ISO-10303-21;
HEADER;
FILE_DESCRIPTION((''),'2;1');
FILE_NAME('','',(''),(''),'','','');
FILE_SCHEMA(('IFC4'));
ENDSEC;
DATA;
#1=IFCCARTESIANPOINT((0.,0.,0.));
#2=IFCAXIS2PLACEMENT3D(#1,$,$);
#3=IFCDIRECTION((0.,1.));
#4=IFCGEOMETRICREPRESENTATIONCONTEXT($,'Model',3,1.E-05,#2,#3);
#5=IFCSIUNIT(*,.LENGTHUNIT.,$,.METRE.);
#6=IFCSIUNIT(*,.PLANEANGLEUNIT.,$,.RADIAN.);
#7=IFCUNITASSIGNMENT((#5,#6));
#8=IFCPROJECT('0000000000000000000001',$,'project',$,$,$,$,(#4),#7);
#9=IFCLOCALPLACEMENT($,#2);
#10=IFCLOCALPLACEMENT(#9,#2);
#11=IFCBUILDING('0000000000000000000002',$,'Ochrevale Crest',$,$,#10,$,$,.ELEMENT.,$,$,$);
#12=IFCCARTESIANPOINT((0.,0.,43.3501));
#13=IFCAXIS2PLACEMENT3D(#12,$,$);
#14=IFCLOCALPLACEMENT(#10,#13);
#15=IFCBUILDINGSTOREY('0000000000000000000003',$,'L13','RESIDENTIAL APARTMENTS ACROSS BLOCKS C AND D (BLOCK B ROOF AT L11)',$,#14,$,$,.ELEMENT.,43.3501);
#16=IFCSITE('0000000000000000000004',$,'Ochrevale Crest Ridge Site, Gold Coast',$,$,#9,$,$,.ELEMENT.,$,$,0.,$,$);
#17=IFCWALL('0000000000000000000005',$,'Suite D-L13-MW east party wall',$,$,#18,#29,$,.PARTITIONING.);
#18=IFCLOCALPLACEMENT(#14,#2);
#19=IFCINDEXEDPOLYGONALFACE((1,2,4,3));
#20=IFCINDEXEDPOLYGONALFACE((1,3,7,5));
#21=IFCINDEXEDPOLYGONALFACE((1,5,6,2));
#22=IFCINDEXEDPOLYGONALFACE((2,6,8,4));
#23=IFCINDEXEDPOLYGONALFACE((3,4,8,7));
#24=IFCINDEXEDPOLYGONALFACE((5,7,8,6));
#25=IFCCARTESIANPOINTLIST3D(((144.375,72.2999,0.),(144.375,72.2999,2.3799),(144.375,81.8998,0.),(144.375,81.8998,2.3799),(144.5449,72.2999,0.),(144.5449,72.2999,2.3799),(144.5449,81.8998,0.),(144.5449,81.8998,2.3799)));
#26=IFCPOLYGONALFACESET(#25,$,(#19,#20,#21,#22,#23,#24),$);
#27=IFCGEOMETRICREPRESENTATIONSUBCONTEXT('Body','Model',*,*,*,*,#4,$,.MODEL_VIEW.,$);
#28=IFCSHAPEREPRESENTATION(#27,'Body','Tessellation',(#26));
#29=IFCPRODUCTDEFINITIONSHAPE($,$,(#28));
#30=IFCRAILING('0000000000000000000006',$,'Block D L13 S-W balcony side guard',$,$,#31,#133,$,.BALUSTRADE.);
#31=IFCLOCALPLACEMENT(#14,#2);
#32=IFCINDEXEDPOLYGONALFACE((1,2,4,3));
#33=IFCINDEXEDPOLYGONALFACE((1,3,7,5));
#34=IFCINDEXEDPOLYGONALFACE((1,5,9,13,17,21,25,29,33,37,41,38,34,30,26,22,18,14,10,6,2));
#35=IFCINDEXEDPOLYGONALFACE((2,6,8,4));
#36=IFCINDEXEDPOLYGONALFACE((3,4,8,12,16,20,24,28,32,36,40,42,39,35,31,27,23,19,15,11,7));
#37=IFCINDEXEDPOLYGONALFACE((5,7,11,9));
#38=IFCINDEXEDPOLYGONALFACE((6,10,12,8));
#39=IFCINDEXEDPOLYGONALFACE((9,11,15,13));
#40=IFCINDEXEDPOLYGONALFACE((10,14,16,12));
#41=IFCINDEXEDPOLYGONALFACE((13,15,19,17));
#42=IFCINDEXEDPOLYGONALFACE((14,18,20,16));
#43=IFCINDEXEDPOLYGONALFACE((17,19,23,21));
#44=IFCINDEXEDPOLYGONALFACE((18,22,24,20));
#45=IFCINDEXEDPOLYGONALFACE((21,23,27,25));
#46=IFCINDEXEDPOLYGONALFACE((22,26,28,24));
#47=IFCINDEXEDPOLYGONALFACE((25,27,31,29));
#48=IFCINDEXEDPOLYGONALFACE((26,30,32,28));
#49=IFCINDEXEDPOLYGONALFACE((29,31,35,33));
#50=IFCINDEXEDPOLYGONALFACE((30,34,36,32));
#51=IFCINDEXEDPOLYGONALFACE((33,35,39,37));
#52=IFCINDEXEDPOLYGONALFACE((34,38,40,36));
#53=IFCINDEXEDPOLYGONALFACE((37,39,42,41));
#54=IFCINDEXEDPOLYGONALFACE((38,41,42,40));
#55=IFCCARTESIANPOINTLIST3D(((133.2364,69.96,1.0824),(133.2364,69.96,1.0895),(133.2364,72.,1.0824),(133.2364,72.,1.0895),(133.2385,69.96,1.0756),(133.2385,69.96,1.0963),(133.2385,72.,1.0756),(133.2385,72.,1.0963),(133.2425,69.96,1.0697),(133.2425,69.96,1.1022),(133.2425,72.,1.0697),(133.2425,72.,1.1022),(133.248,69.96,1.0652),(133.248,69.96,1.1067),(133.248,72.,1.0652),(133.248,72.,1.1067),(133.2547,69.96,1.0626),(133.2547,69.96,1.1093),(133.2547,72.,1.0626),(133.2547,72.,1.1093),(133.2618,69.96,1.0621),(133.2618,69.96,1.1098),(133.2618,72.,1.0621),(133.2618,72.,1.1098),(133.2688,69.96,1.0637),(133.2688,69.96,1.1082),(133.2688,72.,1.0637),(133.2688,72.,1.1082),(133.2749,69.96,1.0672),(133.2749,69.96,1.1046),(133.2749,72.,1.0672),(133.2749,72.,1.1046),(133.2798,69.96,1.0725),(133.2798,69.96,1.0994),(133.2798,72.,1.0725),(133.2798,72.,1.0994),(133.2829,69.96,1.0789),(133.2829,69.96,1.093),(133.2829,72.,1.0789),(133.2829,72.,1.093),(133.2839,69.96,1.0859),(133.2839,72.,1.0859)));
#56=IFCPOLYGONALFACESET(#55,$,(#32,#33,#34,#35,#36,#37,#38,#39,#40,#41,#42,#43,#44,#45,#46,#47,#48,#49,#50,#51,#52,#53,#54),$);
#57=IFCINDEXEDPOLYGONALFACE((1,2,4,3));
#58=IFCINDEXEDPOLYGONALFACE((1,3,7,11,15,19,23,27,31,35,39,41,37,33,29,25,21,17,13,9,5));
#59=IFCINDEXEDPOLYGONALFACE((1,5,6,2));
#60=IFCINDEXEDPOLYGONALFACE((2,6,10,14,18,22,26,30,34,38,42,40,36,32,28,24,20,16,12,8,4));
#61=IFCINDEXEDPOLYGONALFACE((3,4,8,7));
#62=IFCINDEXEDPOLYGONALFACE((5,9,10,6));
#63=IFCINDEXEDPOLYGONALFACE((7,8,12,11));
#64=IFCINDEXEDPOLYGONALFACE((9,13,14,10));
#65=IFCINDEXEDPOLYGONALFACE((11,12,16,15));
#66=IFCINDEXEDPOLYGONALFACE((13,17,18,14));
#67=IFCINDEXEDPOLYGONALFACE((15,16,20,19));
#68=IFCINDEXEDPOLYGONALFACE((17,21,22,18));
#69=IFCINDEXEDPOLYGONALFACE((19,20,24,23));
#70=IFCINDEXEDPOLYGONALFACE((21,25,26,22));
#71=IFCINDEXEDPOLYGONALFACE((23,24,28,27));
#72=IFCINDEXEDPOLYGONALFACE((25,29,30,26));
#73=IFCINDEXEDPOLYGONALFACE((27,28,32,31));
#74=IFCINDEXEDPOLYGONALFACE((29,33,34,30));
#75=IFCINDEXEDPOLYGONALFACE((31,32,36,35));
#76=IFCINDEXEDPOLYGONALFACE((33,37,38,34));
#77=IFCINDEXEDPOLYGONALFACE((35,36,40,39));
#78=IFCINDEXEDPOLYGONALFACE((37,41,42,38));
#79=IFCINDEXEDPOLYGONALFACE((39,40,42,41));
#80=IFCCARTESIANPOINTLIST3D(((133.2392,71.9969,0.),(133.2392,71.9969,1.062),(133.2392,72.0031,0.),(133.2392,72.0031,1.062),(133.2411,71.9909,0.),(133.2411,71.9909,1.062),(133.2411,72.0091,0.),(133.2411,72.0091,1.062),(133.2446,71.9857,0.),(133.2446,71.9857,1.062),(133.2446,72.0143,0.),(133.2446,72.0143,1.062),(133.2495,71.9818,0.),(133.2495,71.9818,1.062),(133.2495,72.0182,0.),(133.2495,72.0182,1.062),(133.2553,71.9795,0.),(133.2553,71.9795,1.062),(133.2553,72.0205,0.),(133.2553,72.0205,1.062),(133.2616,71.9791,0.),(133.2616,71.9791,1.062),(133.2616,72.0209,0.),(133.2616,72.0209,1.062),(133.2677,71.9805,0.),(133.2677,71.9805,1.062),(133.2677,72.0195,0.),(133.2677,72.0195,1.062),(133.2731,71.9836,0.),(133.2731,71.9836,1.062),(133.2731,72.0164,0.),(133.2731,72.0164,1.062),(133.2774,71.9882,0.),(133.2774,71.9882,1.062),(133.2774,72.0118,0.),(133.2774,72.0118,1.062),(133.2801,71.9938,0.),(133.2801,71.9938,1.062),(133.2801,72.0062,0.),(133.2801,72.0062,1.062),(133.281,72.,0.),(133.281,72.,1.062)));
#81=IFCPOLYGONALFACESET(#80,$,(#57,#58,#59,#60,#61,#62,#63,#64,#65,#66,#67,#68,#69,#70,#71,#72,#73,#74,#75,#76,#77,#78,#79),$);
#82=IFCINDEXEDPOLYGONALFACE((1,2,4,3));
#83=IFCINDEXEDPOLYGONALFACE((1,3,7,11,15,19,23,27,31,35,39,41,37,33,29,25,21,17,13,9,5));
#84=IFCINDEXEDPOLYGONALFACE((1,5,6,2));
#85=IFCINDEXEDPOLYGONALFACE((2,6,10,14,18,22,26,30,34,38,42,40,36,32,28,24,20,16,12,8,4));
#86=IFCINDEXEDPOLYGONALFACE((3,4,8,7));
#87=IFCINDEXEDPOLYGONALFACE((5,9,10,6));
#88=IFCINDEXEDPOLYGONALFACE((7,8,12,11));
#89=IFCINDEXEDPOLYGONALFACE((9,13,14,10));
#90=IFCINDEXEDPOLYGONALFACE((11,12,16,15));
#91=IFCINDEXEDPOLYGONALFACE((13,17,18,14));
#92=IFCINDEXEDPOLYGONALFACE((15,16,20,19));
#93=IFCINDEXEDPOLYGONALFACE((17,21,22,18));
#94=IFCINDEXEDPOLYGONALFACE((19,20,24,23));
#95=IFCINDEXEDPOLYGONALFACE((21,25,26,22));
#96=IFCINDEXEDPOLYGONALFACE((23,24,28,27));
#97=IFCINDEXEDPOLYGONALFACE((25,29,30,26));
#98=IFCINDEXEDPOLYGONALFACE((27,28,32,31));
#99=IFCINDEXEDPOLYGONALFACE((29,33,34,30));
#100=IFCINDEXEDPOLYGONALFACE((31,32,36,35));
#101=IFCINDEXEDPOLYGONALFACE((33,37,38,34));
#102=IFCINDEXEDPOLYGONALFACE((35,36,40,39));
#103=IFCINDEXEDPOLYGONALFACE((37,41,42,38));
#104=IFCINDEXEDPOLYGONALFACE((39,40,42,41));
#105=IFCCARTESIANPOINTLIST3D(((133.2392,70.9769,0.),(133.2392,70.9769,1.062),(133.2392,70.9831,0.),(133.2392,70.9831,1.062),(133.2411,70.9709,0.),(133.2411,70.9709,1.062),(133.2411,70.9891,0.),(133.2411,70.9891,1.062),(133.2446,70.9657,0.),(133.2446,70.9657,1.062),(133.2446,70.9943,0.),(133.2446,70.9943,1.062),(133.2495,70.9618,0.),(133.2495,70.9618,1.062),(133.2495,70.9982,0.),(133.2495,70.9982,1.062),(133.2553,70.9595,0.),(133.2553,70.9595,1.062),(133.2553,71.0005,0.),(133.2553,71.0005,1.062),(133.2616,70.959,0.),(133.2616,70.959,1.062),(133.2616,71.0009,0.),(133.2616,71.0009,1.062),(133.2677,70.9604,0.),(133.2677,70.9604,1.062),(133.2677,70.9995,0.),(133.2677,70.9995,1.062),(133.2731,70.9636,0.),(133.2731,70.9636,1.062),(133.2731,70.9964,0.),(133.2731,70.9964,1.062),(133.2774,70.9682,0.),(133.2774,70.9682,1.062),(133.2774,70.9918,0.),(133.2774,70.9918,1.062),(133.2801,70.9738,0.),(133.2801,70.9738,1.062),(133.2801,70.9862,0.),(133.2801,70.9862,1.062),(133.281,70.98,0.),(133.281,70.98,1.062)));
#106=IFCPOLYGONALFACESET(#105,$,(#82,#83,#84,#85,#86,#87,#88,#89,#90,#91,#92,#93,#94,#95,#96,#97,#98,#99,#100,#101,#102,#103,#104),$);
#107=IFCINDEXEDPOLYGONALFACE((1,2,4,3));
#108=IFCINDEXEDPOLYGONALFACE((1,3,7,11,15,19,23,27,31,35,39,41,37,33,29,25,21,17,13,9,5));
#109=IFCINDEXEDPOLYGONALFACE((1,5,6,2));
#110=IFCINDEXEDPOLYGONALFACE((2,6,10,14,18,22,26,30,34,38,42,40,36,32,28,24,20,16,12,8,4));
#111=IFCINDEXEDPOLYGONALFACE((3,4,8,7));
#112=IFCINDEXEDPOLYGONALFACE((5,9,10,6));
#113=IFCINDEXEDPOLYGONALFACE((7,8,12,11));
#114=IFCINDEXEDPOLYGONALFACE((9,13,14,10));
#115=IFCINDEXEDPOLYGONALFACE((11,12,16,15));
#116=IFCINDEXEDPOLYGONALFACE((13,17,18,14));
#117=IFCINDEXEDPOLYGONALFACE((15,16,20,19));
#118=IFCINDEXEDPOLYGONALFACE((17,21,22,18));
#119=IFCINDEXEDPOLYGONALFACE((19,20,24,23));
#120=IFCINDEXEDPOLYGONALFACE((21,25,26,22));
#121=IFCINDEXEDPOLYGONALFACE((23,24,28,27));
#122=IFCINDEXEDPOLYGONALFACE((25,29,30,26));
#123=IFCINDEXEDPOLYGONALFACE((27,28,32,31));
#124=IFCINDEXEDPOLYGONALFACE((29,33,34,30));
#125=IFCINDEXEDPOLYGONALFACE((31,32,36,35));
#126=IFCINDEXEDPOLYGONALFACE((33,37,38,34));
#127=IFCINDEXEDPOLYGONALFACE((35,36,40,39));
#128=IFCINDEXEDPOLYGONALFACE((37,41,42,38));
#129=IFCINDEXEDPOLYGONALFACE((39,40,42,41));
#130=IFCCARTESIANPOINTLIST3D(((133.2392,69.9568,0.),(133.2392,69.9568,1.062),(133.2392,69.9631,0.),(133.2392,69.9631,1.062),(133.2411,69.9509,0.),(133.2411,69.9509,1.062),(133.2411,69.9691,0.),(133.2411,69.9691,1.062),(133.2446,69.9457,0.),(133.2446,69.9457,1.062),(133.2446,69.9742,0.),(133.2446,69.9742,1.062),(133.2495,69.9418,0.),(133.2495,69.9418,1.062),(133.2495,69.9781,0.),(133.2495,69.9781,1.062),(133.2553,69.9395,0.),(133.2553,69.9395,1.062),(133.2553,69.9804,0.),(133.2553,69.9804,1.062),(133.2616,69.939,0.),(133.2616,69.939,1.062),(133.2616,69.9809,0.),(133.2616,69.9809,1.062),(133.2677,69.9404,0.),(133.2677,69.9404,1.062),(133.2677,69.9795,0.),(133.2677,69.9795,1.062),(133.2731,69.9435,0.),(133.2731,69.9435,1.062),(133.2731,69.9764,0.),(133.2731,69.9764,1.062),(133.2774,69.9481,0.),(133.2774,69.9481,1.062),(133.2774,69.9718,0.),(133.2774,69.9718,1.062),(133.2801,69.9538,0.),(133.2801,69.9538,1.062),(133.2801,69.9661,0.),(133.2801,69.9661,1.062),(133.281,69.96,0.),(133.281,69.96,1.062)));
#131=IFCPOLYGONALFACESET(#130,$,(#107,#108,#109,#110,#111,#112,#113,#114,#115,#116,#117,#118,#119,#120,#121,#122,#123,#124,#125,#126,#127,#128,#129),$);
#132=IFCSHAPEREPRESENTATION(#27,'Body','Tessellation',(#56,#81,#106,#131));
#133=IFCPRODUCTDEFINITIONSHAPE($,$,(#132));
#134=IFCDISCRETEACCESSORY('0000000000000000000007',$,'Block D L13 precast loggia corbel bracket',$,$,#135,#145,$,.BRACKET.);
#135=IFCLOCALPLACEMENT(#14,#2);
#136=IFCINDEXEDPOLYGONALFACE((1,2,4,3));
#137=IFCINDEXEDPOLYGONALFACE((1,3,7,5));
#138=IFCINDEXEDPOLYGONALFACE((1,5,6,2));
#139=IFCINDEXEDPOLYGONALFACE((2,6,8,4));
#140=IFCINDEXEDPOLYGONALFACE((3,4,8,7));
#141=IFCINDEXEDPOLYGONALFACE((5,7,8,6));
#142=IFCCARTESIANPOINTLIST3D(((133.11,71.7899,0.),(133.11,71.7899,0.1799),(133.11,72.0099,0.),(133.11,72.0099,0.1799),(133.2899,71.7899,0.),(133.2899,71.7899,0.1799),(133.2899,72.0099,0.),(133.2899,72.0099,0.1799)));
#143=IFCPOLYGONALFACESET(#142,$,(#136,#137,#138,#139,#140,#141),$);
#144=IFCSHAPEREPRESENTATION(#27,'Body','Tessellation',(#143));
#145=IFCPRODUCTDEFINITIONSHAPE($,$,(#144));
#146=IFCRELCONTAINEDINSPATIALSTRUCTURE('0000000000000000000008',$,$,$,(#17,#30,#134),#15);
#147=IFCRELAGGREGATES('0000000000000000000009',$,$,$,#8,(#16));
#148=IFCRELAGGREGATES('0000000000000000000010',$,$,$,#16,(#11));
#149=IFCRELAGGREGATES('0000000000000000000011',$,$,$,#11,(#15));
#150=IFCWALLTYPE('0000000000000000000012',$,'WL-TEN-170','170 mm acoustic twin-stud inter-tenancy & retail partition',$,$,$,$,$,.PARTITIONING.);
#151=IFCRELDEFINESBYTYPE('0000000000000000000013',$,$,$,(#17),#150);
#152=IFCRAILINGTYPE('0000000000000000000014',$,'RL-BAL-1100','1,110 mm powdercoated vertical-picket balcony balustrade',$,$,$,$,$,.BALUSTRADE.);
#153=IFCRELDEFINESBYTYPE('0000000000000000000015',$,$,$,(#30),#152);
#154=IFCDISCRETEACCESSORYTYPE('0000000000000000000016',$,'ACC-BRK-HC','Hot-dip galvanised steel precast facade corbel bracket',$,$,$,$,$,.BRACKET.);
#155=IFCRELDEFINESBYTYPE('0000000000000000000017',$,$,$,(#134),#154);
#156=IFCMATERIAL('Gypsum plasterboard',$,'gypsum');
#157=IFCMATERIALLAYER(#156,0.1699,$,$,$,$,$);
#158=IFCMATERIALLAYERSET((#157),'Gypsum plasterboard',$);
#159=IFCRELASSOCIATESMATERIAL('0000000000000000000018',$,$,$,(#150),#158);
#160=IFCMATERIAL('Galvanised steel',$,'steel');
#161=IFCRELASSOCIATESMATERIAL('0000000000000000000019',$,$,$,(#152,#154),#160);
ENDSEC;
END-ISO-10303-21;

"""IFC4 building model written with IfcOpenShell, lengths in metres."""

from ifc_helpers import new_model, si_unit, direction, frame, frame_2d, origin, origin_2d, place, context, subcontext, project, spatial, rectangle, circle, extrude, material, layer, layer_set, type_object, element, save


model = new_model("IFC4")

# Units and contexts
model_context = context("Model", 3, precision=1e-05, world=origin(), true_north=direction((0.0, 1.0)))
body_context = subcontext(model_context, "Body", "Model", "MODEL_VIEW")
ifc_project = project(units=[si_unit("LENGTHUNIT", "METRE"), si_unit("PLANEANGLEUNIT", "RADIAN")], contexts=[model_context])

# Site, building, storey
site_placement = place(None, origin())
site = spatial("IfcSite", under=ifc_project, at=site_placement, Name="Ochrevale Crest Ridge Site, Gold Coast", CompositionType="ELEMENT", RefElevation=0.0)
building_placement = place(site_placement, origin())
building = spatial("IfcBuilding", under=site, at=building_placement, Name="Ochrevale Crest", CompositionType="ELEMENT")
storey_placement = place(building_placement, frame((0.0, 0.0, 43.3501)))
storey = spatial("IfcBuildingStorey", under=building, at=storey_placement, Name="L13", Description="RESIDENTIAL APARTMENTS ACROSS BLOCKS C AND D (BLOCK B ROOF AT L11)", CompositionType="ELEMENT", Elevation=43.3501)

# Wall
ifc_material_1 = material(Name="Gypsum plasterboard", Category="gypsum")
ifc_layer_1 = layer(ifc_material_1, 0.1699)
ifc_layer_set_1 = layer_set([ifc_layer_1], Name="Gypsum plasterboard")
wall_type_1 = type_object("IfcWallType", Name="WL-TEN-170", Description="170 mm acoustic twin-stud inter-tenancy & retail partition", PredefinedType="PARTITIONING", material=ifc_layer_set_1)
wall_1_placement = place(storey_placement, frame((144.46, 72.3, 0.0), z_axis=(0.0, 0.0, 1.0), x_axis=(0.0, 1.0, 0.0)))
element("IfcWall", 1, at=wall_1_placement, inside=storey, type_object=wall_type_1, Name="Suite D-L13-MW east party wall", PredefinedType="PARTITIONING", context=body_context, shape_type="SweptSolid", body=[
    extrude(rectangle(XDim=9.5999, YDim=0.1699, at=frame_2d((4.7998, 0.0))), origin(), (0.0, 0.0, 1.0), 2.3799),
])

# Railing
ifc_material_2 = material(Name="Galvanised steel", Category="steel")
railing_type = type_object("IfcRailingType", Name="RL-BAL-1100", Description="1,110 mm powdercoated vertical-picket balcony balustrade", PredefinedType="BALUSTRADE", material=ifc_material_2)
railing_placement = place(storey_placement, frame((133.26, 72.0, 0.0)))
element("IfcRailing", 2, at=railing_placement, inside=storey, type_object=railing_type, Name="Block D L13 S-W balcony side guard", PredefinedType="BALUSTRADE", context=body_context, shape_type="SweptSolid", body=[
    extrude(circle(Radius=0.0239, at=origin_2d()), frame((0.0, 0.0, 1.0859), z_axis=(0.0, -1.0, 0.0), x_axis=(1.0, 0.0, 0.0)), (0.0, 0.0, 1.0), 2.04),
    extrude(circle(Radius=0.021, at=origin_2d()), origin(), (0.0, 0.0, 1.0), 1.062),
    extrude(circle(Radius=0.021, at=origin_2d()), frame((0.0, -1.02, 0.0)), (0.0, 0.0, 1.0), 1.062),
    extrude(circle(Radius=0.021, at=origin_2d()), frame((0.0, -2.04, 0.0)), (0.0, 0.0, 1.0), 1.062),
])

# Discrete accessory
discrete_accessory_type = type_object("IfcDiscreteAccessoryType", Name="ACC-BRK-HC", Description="Hot-dip galvanised steel precast facade corbel bracket", PredefinedType="BRACKET", material=ifc_material_2)
discrete_accessory_placement = place(storey_placement, frame((133.2, 71.8999, 0.0), z_axis=(0.0, 0.0, 1.0), x_axis=(1.0, 0.0, 0.0)))
element("IfcDiscreteAccessory", 3, at=discrete_accessory_placement, inside=storey, type_object=discrete_accessory_type, Name="Block D L13 precast loggia corbel bracket", PredefinedType="BRACKET", context=body_context, shape_type="SweptSolid", body=[
    extrude(rectangle(XDim=0.1799, YDim=0.22, at=origin_2d()), origin(), (0.0, 0.0, 1.0), 0.1799),
])

save(model, "model.ifc")
